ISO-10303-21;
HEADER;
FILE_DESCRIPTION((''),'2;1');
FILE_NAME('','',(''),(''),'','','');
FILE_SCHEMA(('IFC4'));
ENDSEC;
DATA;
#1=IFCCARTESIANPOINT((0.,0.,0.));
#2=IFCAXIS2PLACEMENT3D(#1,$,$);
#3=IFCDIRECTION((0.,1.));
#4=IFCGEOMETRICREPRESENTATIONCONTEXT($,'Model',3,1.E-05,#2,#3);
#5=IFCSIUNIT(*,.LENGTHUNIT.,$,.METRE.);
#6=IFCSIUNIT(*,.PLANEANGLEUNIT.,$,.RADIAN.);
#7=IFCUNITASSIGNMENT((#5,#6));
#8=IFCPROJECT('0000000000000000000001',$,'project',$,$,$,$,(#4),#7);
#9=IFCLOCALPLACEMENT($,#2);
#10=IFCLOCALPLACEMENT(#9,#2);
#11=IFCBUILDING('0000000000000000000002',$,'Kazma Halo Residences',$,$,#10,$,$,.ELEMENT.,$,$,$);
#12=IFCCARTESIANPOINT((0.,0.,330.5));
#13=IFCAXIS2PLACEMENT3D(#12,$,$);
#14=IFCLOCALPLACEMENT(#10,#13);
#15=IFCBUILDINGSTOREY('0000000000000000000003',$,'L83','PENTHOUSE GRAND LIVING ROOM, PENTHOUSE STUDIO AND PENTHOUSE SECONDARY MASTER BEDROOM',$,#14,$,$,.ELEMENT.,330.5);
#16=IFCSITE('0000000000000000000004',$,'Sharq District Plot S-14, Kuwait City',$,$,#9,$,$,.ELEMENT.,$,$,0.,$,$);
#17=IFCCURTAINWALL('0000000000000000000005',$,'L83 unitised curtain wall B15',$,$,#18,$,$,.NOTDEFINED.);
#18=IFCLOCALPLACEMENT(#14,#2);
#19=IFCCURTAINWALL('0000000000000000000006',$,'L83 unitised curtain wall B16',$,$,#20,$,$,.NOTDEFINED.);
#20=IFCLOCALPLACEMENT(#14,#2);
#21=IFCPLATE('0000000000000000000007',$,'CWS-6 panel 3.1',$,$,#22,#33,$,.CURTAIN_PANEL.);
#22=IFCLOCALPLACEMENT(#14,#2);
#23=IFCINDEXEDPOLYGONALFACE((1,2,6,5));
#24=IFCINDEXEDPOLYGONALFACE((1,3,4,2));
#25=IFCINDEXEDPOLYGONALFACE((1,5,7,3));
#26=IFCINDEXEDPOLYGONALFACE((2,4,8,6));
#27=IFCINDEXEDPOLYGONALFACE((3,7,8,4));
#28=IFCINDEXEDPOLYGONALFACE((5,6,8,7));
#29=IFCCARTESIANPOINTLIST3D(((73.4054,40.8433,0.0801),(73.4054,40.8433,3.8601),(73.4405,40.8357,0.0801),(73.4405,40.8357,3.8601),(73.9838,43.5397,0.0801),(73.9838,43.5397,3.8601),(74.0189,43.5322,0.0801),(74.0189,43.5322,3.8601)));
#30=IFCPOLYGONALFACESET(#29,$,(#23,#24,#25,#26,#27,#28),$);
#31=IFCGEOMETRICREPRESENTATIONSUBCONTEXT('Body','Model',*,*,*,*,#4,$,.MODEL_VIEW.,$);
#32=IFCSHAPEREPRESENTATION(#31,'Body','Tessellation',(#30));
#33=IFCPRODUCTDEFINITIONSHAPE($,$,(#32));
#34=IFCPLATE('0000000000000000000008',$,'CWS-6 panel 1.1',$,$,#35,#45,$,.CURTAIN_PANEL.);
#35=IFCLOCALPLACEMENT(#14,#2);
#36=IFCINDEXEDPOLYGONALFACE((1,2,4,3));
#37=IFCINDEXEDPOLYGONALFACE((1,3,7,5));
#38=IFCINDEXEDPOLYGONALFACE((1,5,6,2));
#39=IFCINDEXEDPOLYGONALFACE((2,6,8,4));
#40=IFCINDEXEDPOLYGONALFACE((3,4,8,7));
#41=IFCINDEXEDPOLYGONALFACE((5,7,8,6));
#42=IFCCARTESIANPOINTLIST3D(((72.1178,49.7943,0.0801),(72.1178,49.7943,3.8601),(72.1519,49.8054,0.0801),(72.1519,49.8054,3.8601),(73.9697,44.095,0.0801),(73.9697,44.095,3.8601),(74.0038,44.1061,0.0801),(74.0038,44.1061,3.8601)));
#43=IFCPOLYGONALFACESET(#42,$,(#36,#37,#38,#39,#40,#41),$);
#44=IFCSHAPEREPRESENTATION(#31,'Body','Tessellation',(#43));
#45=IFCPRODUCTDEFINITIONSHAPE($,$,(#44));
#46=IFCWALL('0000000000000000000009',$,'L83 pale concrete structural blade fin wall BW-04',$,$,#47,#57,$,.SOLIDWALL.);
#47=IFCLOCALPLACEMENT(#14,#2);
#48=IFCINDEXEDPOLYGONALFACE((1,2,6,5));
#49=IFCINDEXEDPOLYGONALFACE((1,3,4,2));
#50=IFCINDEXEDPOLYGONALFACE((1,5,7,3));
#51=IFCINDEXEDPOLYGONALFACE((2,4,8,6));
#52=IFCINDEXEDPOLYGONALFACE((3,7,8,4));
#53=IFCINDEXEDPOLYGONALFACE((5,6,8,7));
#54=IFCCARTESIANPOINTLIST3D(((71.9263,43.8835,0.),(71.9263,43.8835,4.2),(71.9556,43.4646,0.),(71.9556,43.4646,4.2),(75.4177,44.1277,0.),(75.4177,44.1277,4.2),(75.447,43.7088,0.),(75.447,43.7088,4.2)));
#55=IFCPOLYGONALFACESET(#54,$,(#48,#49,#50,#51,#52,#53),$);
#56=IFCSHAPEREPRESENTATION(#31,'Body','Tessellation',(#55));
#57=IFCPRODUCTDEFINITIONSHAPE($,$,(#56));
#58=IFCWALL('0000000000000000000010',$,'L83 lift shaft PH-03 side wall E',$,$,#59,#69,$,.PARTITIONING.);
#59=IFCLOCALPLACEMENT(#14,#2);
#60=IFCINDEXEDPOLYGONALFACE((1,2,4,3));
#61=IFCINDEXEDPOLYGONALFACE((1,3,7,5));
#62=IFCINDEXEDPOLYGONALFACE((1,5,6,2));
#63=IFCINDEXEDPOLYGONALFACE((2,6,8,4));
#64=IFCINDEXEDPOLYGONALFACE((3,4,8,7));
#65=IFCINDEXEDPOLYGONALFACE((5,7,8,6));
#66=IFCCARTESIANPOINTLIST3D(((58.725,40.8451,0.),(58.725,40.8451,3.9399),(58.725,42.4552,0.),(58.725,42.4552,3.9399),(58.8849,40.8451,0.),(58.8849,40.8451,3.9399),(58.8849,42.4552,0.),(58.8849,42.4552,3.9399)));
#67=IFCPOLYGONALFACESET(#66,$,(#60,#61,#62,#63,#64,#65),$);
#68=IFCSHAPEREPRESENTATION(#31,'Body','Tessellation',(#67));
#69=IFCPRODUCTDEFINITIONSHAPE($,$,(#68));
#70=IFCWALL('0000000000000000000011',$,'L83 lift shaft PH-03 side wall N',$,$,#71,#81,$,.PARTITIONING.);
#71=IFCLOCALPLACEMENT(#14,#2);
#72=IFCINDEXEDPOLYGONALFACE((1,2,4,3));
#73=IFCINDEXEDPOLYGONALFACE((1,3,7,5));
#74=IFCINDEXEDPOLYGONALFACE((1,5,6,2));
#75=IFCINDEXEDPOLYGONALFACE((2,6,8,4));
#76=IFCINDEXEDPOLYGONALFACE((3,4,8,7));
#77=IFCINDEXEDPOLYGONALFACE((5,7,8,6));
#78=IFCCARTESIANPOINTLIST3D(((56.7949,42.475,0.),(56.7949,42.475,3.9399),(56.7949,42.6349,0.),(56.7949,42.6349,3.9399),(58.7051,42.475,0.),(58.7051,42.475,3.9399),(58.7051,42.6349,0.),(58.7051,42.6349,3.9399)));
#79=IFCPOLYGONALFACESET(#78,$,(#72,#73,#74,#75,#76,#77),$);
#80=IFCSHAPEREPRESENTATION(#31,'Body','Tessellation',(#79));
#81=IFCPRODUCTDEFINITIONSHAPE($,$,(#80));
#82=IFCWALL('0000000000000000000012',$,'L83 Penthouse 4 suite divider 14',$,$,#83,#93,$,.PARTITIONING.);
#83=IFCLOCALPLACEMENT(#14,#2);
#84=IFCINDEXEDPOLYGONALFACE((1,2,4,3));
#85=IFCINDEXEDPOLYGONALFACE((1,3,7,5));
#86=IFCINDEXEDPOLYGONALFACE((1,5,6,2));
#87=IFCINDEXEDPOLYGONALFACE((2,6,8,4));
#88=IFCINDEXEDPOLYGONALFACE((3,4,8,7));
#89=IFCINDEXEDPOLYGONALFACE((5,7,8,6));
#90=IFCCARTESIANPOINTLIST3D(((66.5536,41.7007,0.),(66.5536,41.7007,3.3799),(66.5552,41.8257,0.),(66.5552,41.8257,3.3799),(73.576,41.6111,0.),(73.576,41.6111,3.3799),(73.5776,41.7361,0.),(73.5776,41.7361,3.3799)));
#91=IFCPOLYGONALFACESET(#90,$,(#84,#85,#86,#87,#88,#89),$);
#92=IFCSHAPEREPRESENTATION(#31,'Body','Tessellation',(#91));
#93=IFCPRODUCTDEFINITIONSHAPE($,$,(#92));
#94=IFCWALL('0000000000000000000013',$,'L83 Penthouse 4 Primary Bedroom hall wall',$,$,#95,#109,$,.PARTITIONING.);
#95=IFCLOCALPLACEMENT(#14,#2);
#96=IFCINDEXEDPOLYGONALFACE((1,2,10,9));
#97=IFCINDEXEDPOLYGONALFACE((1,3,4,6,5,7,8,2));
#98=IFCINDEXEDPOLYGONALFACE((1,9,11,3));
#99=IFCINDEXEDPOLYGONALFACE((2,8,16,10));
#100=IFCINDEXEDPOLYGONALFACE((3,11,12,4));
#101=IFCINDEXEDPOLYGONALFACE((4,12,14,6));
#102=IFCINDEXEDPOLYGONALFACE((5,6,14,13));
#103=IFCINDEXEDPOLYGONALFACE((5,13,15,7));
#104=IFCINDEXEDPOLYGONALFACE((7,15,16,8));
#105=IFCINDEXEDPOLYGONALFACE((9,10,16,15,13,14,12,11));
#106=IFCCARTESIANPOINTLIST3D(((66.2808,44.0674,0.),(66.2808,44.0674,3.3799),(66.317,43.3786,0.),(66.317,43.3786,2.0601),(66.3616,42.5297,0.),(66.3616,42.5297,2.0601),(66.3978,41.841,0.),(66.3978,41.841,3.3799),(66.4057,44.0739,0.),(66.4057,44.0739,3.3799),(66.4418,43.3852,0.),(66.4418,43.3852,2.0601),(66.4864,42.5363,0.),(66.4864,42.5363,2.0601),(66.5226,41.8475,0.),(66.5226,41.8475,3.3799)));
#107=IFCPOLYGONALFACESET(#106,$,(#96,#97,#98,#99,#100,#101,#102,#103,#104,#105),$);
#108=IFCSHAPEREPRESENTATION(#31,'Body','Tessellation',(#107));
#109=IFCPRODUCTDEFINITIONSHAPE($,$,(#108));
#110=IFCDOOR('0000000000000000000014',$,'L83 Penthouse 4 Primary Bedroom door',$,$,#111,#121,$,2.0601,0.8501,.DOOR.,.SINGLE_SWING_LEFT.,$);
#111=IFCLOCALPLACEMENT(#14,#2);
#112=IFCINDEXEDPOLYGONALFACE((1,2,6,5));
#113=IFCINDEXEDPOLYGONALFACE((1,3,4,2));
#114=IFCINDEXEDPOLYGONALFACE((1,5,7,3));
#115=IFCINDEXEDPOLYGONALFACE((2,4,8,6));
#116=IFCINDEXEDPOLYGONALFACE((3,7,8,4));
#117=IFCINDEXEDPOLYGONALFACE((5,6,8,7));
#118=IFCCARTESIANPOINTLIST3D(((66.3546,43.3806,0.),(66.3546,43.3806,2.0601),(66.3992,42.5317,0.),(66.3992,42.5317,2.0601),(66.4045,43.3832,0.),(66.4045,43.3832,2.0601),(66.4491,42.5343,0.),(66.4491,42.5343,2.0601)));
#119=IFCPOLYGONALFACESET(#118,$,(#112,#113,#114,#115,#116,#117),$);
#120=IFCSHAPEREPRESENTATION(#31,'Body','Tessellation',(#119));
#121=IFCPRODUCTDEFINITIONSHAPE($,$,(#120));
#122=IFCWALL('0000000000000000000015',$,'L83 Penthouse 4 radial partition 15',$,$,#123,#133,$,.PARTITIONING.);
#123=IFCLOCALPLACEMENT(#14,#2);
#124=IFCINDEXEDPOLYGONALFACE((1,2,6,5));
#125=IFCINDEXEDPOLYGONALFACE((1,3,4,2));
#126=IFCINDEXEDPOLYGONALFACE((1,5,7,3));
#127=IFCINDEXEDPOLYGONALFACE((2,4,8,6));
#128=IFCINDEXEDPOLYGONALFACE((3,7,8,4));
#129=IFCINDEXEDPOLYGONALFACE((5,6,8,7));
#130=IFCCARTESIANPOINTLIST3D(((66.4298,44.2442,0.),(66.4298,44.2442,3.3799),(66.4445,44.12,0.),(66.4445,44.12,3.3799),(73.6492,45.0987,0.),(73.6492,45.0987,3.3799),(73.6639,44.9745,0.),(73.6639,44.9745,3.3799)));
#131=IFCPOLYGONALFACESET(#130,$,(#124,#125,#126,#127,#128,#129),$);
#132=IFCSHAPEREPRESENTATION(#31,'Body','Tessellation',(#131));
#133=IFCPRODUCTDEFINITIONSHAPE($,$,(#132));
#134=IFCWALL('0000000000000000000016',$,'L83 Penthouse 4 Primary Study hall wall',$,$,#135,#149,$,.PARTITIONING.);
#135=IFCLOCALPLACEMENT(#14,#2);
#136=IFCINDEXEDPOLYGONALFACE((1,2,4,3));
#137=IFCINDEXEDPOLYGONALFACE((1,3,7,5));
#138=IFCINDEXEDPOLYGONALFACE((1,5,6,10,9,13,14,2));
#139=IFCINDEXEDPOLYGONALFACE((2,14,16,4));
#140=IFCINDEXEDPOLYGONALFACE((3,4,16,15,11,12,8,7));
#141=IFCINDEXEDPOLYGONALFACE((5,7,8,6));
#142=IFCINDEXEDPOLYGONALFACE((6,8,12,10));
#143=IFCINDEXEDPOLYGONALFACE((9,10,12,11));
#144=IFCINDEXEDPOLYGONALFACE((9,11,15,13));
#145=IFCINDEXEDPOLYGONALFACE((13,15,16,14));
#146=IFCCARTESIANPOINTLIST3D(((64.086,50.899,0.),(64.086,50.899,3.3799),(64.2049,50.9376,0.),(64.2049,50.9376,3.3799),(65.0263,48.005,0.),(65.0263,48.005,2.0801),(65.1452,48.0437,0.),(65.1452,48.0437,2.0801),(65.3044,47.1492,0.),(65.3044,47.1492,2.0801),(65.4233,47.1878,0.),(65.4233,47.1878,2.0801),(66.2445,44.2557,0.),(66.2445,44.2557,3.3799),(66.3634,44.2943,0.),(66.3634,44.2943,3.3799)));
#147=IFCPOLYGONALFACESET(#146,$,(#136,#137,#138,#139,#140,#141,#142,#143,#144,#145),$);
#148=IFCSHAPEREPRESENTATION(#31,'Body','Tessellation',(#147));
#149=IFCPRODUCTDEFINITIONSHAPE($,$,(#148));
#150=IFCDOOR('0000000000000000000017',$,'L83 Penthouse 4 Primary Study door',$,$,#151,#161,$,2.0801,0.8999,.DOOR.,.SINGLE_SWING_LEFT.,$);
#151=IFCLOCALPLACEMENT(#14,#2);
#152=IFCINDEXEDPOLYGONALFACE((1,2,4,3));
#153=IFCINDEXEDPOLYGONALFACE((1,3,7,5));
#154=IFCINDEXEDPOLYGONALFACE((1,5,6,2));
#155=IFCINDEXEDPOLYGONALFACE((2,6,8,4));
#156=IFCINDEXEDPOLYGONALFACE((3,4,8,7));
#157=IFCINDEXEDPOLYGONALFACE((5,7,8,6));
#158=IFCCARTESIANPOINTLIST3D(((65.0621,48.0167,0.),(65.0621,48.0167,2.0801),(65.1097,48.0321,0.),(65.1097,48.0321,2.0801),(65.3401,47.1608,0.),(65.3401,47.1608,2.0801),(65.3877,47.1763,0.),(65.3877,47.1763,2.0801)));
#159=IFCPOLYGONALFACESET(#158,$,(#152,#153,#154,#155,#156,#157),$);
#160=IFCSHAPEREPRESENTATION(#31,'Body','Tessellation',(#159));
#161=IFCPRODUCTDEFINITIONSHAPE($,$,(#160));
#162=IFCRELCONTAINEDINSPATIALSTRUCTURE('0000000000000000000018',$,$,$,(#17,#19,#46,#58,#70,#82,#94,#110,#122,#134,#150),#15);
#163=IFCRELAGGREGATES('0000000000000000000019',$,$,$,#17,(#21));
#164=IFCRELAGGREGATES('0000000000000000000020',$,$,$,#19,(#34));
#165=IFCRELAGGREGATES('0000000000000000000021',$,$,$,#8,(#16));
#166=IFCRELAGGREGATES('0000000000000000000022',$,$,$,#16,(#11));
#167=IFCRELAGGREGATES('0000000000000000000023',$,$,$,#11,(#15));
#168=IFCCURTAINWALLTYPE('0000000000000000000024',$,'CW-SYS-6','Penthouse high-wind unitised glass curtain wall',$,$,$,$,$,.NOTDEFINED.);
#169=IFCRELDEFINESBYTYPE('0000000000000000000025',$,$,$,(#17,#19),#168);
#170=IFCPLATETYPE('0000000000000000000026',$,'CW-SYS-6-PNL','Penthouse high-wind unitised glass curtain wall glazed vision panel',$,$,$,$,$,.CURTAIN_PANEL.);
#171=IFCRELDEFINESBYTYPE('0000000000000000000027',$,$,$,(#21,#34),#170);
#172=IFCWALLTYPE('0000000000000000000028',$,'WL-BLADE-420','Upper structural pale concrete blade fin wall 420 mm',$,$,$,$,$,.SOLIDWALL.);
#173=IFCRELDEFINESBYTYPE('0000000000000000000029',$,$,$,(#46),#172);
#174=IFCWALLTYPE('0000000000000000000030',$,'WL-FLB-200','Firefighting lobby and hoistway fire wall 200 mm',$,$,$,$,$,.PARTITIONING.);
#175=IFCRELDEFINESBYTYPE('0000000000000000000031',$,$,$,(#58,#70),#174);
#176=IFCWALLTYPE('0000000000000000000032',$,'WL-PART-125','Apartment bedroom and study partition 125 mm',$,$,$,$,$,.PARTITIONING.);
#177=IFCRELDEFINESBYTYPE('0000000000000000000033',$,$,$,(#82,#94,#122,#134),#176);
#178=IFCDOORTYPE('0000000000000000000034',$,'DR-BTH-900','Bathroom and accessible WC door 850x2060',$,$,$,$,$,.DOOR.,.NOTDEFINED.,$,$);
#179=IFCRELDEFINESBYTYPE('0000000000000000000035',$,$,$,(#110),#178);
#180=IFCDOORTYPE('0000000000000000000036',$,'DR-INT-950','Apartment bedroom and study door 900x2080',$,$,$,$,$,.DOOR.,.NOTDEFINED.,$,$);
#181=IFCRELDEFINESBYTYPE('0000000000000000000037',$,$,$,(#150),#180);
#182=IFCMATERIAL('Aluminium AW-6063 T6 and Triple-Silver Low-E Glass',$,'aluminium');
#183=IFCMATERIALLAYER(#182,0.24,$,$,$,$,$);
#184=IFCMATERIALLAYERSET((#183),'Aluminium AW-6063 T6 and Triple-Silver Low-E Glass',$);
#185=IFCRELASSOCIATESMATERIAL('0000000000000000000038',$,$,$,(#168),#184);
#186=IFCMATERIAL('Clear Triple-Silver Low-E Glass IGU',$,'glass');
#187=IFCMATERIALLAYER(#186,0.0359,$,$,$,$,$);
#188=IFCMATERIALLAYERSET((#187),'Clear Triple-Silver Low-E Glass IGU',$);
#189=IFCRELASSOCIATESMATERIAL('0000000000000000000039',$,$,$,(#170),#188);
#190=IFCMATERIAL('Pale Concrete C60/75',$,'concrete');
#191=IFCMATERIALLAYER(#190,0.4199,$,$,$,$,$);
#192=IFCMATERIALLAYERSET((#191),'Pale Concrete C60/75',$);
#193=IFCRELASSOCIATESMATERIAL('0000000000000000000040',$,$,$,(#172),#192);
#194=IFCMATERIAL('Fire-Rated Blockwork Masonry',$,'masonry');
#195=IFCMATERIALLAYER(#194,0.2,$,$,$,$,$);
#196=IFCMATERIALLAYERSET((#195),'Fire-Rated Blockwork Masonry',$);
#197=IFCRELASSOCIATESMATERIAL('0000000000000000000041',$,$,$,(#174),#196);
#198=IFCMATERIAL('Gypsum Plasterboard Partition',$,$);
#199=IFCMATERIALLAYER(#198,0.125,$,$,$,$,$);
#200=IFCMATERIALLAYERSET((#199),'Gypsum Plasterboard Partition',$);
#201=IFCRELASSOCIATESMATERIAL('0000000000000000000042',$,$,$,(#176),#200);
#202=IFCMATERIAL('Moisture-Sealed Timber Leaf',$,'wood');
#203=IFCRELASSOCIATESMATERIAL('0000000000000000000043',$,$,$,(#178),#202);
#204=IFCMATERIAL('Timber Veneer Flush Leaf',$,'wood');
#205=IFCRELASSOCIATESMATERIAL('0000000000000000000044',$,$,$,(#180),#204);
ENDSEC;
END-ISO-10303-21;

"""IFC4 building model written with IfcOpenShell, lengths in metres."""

from ifc_helpers import new_model, si_unit, direction, frame, frame_2d, origin, origin_2d, place, context, subcontext, project, spatial, rectangle, extrude, material, layer, layer_set, type_object, element, fill, aggregate, save


model = new_model("IFC4")

# Units and contexts
model_context = context("Model", 3, precision=1e-05, world=origin(), true_north=direction((0.0, 1.0)))
body_context = subcontext(model_context, "Body", "Model", "MODEL_VIEW")
ifc_project = project(units=[si_unit("LENGTHUNIT", "METRE"), si_unit("PLANEANGLEUNIT", "RADIAN")], contexts=[model_context])

# Site, building, storey
site_placement = place(None, origin())
site = spatial("IfcSite", under=ifc_project, at=site_placement, Name="Sharq District Plot S-14, Kuwait City", CompositionType="ELEMENT", RefElevation=0.0)
building_placement = place(site_placement, origin())
building = spatial("IfcBuilding", under=site, at=building_placement, Name="Kazma Halo Residences", CompositionType="ELEMENT")
storey_placement = place(building_placement, frame((0.0, 0.0, 330.5)))
storey = spatial("IfcBuildingStorey", under=building, at=storey_placement, Name="L83", Description="PENTHOUSE GRAND LIVING ROOM, PENTHOUSE STUDIO AND PENTHOUSE SECONDARY MASTER BEDROOM", CompositionType="ELEMENT", Elevation=330.5)

# Curtain wall
ifc_material_1 = material(Name="Aluminium AW-6063 T6 and Triple-Silver Low-E Glass", Category="aluminium")
ifc_layer_1 = layer(ifc_material_1, 0.24)
ifc_layer_set_1 = layer_set([ifc_layer_1], Name="Aluminium AW-6063 T6 and Triple-Silver Low-E Glass")
curtain_wall_type = type_object("IfcCurtainWallType", Name="CW-SYS-6", Description="Penthouse high-wind unitised glass curtain wall", PredefinedType="NOTDEFINED", material=ifc_layer_set_1)
curtain_wall_1_placement = place(storey_placement, origin())
curtain_wall_1 = element("IfcCurtainWall", 1, at=curtain_wall_1_placement, inside=storey, type_object=curtain_wall_type, Name="L83 unitised curtain wall B15", PredefinedType="NOTDEFINED")

# Curtain wall
curtain_wall_2_placement = place(storey_placement, origin())
curtain_wall_2 = element("IfcCurtainWall", 2, at=curtain_wall_2_placement, inside=storey, type_object=curtain_wall_type, Name="L83 unitised curtain wall B16", PredefinedType="NOTDEFINED")

# Plates
ifc_material_2 = material(Name="Clear Triple-Silver Low-E Glass IGU", Category="glass")
ifc_layer_2 = layer(ifc_material_2, 0.0359)
ifc_layer_set_2 = layer_set([ifc_layer_2], Name="Clear Triple-Silver Low-E Glass IGU")
plate_type = type_object("IfcPlateType", Name="CW-SYS-6-PNL", Description="Penthouse high-wind unitised glass curtain wall glazed vision panel", PredefinedType="CURTAIN_PANEL", material=ifc_layer_set_2)
plate_1_placement = place(storey_placement, frame((73.7122, 42.1877, 0.0801), z_axis=(0.0, 0.0, 1.0), x_axis=(0.209723, 0.977761, 0.0)))
plate_1 = element("IfcPlate", 3, at=plate_1_placement, type_object=plate_type, Name="CWS-6 panel 3.1", PredefinedType="CURTAIN_PANEL", context=body_context, shape_type="SweptSolid", body=[
    extrude(rectangle(XDim=2.7578, YDim=0.0359, at=origin_2d()), origin(), (0.0, 0.0, 1.0), 3.78),
])
aggregate(curtain_wall_1, [plate_1])
plate_2_placement = place(storey_placement, frame((73.0608, 46.9502, 0.0801), z_axis=(0.0, 0.0, 1.0), x_axis=(-0.309019, 0.951056, 0.0)))
plate_2 = element("IfcPlate", 4, at=plate_2_placement, type_object=plate_type, Name="CWS-6 panel 1.1", PredefinedType="CURTAIN_PANEL", context=body_context, shape_type="SweptSolid", body=[
    extrude(rectangle(XDim=5.9927, YDim=0.0359, at=origin_2d()), origin(), (0.0, 0.0, 1.0), 3.78),
])
aggregate(curtain_wall_2, [plate_2])

# Walls
ifc_material_3 = material(Name="Pale Concrete C60/75", Category="concrete")
ifc_layer_3 = layer(ifc_material_3, 0.4199)
ifc_layer_set_3 = layer_set([ifc_layer_3], Name="Pale Concrete C60/75")
wall_type_1 = type_object("IfcWallType", Name="WL-BLADE-420", Description="Upper structural pale concrete blade fin wall 420 mm", PredefinedType="SOLIDWALL", material=ifc_layer_set_3)
wall_1_placement = place(storey_placement, frame((71.9409, 43.6741, 0.0), z_axis=(0.0, 0.0, 1.0), x_axis=(0.997564, 0.069755, 0.0)))
element("IfcWall", 5, at=wall_1_placement, inside=storey, type_object=wall_type_1, Name="L83 pale concrete structural blade fin wall BW-04", PredefinedType="SOLIDWALL", context=body_context, shape_type="SweptSolid", body=[
    extrude(rectangle(XDim=3.5, YDim=0.4199, at=frame_2d((1.75, 0.0))), origin(), (0.0, 0.0, 1.0), 4.2),
])
ifc_material_4 = material(Name="Fire-Rated Blockwork Masonry", Category="masonry")
ifc_layer_4 = layer(ifc_material_4, 0.2)
ifc_layer_set_4 = layer_set([ifc_layer_4], Name="Fire-Rated Blockwork Masonry")
wall_type_2 = type_object("IfcWallType", Name="WL-FLB-200", Description="Firefighting lobby and hoistway fire wall 200 mm", PredefinedType="PARTITIONING", material=ifc_layer_set_4)
wall_2_placement = place(storey_placement, frame((58.8049, 40.845, 0.0), z_axis=(0.0, 0.0, 1.0), x_axis=(0.0, 1.0, 0.0)))
element("IfcWall", 6, at=wall_2_placement, inside=storey, type_object=wall_type_2, Name="L83 lift shaft PH-03 side wall E", PredefinedType="PARTITIONING", context=body_context, shape_type="SweptSolid", body=[
    extrude(rectangle(XDim=1.6101, YDim=0.1599, at=frame_2d((0.8052, 0.0))), origin(), (0.0, 0.0, 1.0), 3.9399),
])
wall_3_placement = place(storey_placement, frame((56.7949, 42.5549, 0.0), z_axis=(0.0, 0.0, 1.0), x_axis=(1.0, 0.0, 0.0)))
element("IfcWall", 7, at=wall_3_placement, inside=storey, type_object=wall_type_2, Name="L83 lift shaft PH-03 side wall N", PredefinedType="PARTITIONING", context=body_context, shape_type="SweptSolid", body=[
    extrude(rectangle(XDim=1.9102, YDim=0.1599, at=frame_2d((0.9551, 0.0))), origin(), (0.0, 0.0, 1.0), 3.9399),
])
ifc_material_5 = material(Name="Gypsum Plasterboard Partition")
ifc_layer_5 = layer(ifc_material_5, 0.125)
ifc_layer_set_5 = layer_set([ifc_layer_5], Name="Gypsum Plasterboard Partition")
wall_type_3 = type_object("IfcWallType", Name="WL-PART-125", Description="Apartment bedroom and study partition 125 mm", PredefinedType="PARTITIONING", material=ifc_layer_set_5)
wall_4_placement = place(storey_placement, frame((66.5544, 41.7632, 0.0), z_axis=(0.0, 0.0, 1.0), x_axis=(0.999919, -0.012758, 0.0)))
element("IfcWall", 8, at=wall_4_placement, inside=storey, type_object=wall_type_3, Name="L83 Penthouse 4 suite divider 14", PredefinedType="PARTITIONING", context=body_context, shape_type="SweptSolid", body=[
    extrude(rectangle(XDim=7.0229, YDim=0.125, at=frame_2d((3.5115, 0.0))), origin(), (0.0, 0.0, 1.0), 3.3799),
])

# Wall, opening, door
wall_5_placement = place(storey_placement, frame((66.4602, 41.8442, 0.0), z_axis=(0.0, 0.0, 1.0), x_axis=(-0.052455, 0.998623, 0.0)))
wall_5 = element("IfcWall", 9, at=wall_5_placement, inside=storey, type_object=wall_type_3, Name="L83 Penthouse 4 Primary Bedroom hall wall", PredefinedType="PARTITIONING", context=body_context, shape_type="SweptSolid", body=[
    extrude(rectangle(XDim=2.2295, YDim=0.125, at=frame_2d((1.1147, 0.0))), origin(), (0.0, 0.0, 1.0), 3.3799),
])
opening_1_placement = place(wall_5_placement, frame((0.6897, 0.0, 0.0)))
opening_1 = element("IfcOpeningElement", 10, at=opening_1_placement, cuts=wall_5, PredefinedType="OPENING", context=body_context, shape_type="SweptSolid", body=[
    extrude(rectangle(XDim=0.8501, YDim=2.0601, at=frame_2d((0.425, 1.03))), frame((0.0, 0.0725, 0.0), z_axis=(0.0, -1.0, 0.0), x_axis=(1.0, 0.0, 0.0)), (0.0, 0.0, 1.0), 0.145),
])
ifc_material_6 = material(Name="Moisture-Sealed Timber Leaf", Category="wood")
door_type_1 = type_object("IfcDoorType", Name="DR-BTH-900", Description="Bathroom and accessible WC door 850x2060", OperationType="NOTDEFINED", PredefinedType="DOOR", material=ifc_material_6)
door_1_placement = place(opening_1_placement, origin())
door_1 = element("IfcDoor", 11, at=door_1_placement, inside=storey, type_object=door_type_1, Name="L83 Penthouse 4 Primary Bedroom door", OperationType="SINGLE_SWING_LEFT", OverallHeight=2.0601, OverallWidth=0.8501, PredefinedType="DOOR", context=body_context, shape_type="SweptSolid", body=[
    extrude(rectangle(XDim=0.8501, YDim=2.0601, at=frame_2d((0.425, 1.03))), frame((0.0, 0.0249, 0.0), z_axis=(0.0, -1.0, 0.0), x_axis=(1.0, 0.0, 0.0)), (0.0, 0.0, 1.0), 0.05),
])
fill(opening_1, door_1)

# Wall
wall_6_placement = place(storey_placement, frame((66.4373, 44.1821, 0.0), z_axis=(0.0, 0.0, 1.0), x_axis=(0.993068, 0.117539, 0.0)))
element("IfcWall", 12, at=wall_6_placement, inside=storey, type_object=wall_type_3, Name="L83 Penthouse 4 radial partition 15", PredefinedType="PARTITIONING", context=body_context, shape_type="SweptSolid", body=[
    extrude(rectangle(XDim=7.2698, YDim=0.125, at=frame_2d((3.6348, 0.0))), origin(), (0.0, 0.0, 1.0), 3.3799),
])

# Wall, opening, door
wall_7_placement = place(storey_placement, frame((66.304, 44.2749, 0.0), z_axis=(0.0, 0.0, 1.0), x_axis=(-0.309005, 0.951061, 0.0)))
wall_7 = element("IfcWall", 13, at=wall_7_placement, inside=storey, type_object=wall_type_3, Name="L83 Penthouse 4 Primary Study hall wall", PredefinedType="PARTITIONING", context=body_context, shape_type="SweptSolid", body=[
    extrude(rectangle(XDim=6.9851, YDim=0.125, at=frame_2d((3.4927, 0.0))), origin(), (0.0, 0.0, 1.0), 3.3799),
])
opening_2_placement = place(wall_7_placement, frame((3.0425, 0.0, 0.0)))
opening_2 = element("IfcOpeningElement", 14, at=opening_2_placement, cuts=wall_7, PredefinedType="OPENING", context=body_context, shape_type="SweptSolid", body=[
    extrude(rectangle(XDim=0.8999, YDim=2.0801, at=frame_2d((0.45, 1.04))), frame((0.0, 0.0725, 0.0), z_axis=(0.0, -1.0, 0.0), x_axis=(1.0, 0.0, 0.0)), (0.0, 0.0, 1.0), 0.145),
])
ifc_material_7 = material(Name="Timber Veneer Flush Leaf", Category="wood")
door_type_2 = type_object("IfcDoorType", Name="DR-INT-950", Description="Apartment bedroom and study door 900x2080", OperationType="NOTDEFINED", PredefinedType="DOOR", material=ifc_material_7)
door_2_placement = place(opening_2_placement, origin())
door_2 = element("IfcDoor", 15, at=door_2_placement, inside=storey, type_object=door_type_2, Name="L83 Penthouse 4 Primary Study door", OperationType="SINGLE_SWING_LEFT", OverallHeight=2.0801, OverallWidth=0.8999, PredefinedType="DOOR", context=body_context, shape_type="SweptSolid", body=[
    extrude(rectangle(XDim=0.8999, YDim=2.0801, at=frame_2d((0.45, 1.04))), frame((0.0, 0.0249, 0.0), z_axis=(0.0, -1.0, 0.0), x_axis=(1.0, 0.0, 0.0)), (0.0, 0.0, 1.0), 0.05),
])
fill(opening_2, door_2)

save(model, "model.ifc")
